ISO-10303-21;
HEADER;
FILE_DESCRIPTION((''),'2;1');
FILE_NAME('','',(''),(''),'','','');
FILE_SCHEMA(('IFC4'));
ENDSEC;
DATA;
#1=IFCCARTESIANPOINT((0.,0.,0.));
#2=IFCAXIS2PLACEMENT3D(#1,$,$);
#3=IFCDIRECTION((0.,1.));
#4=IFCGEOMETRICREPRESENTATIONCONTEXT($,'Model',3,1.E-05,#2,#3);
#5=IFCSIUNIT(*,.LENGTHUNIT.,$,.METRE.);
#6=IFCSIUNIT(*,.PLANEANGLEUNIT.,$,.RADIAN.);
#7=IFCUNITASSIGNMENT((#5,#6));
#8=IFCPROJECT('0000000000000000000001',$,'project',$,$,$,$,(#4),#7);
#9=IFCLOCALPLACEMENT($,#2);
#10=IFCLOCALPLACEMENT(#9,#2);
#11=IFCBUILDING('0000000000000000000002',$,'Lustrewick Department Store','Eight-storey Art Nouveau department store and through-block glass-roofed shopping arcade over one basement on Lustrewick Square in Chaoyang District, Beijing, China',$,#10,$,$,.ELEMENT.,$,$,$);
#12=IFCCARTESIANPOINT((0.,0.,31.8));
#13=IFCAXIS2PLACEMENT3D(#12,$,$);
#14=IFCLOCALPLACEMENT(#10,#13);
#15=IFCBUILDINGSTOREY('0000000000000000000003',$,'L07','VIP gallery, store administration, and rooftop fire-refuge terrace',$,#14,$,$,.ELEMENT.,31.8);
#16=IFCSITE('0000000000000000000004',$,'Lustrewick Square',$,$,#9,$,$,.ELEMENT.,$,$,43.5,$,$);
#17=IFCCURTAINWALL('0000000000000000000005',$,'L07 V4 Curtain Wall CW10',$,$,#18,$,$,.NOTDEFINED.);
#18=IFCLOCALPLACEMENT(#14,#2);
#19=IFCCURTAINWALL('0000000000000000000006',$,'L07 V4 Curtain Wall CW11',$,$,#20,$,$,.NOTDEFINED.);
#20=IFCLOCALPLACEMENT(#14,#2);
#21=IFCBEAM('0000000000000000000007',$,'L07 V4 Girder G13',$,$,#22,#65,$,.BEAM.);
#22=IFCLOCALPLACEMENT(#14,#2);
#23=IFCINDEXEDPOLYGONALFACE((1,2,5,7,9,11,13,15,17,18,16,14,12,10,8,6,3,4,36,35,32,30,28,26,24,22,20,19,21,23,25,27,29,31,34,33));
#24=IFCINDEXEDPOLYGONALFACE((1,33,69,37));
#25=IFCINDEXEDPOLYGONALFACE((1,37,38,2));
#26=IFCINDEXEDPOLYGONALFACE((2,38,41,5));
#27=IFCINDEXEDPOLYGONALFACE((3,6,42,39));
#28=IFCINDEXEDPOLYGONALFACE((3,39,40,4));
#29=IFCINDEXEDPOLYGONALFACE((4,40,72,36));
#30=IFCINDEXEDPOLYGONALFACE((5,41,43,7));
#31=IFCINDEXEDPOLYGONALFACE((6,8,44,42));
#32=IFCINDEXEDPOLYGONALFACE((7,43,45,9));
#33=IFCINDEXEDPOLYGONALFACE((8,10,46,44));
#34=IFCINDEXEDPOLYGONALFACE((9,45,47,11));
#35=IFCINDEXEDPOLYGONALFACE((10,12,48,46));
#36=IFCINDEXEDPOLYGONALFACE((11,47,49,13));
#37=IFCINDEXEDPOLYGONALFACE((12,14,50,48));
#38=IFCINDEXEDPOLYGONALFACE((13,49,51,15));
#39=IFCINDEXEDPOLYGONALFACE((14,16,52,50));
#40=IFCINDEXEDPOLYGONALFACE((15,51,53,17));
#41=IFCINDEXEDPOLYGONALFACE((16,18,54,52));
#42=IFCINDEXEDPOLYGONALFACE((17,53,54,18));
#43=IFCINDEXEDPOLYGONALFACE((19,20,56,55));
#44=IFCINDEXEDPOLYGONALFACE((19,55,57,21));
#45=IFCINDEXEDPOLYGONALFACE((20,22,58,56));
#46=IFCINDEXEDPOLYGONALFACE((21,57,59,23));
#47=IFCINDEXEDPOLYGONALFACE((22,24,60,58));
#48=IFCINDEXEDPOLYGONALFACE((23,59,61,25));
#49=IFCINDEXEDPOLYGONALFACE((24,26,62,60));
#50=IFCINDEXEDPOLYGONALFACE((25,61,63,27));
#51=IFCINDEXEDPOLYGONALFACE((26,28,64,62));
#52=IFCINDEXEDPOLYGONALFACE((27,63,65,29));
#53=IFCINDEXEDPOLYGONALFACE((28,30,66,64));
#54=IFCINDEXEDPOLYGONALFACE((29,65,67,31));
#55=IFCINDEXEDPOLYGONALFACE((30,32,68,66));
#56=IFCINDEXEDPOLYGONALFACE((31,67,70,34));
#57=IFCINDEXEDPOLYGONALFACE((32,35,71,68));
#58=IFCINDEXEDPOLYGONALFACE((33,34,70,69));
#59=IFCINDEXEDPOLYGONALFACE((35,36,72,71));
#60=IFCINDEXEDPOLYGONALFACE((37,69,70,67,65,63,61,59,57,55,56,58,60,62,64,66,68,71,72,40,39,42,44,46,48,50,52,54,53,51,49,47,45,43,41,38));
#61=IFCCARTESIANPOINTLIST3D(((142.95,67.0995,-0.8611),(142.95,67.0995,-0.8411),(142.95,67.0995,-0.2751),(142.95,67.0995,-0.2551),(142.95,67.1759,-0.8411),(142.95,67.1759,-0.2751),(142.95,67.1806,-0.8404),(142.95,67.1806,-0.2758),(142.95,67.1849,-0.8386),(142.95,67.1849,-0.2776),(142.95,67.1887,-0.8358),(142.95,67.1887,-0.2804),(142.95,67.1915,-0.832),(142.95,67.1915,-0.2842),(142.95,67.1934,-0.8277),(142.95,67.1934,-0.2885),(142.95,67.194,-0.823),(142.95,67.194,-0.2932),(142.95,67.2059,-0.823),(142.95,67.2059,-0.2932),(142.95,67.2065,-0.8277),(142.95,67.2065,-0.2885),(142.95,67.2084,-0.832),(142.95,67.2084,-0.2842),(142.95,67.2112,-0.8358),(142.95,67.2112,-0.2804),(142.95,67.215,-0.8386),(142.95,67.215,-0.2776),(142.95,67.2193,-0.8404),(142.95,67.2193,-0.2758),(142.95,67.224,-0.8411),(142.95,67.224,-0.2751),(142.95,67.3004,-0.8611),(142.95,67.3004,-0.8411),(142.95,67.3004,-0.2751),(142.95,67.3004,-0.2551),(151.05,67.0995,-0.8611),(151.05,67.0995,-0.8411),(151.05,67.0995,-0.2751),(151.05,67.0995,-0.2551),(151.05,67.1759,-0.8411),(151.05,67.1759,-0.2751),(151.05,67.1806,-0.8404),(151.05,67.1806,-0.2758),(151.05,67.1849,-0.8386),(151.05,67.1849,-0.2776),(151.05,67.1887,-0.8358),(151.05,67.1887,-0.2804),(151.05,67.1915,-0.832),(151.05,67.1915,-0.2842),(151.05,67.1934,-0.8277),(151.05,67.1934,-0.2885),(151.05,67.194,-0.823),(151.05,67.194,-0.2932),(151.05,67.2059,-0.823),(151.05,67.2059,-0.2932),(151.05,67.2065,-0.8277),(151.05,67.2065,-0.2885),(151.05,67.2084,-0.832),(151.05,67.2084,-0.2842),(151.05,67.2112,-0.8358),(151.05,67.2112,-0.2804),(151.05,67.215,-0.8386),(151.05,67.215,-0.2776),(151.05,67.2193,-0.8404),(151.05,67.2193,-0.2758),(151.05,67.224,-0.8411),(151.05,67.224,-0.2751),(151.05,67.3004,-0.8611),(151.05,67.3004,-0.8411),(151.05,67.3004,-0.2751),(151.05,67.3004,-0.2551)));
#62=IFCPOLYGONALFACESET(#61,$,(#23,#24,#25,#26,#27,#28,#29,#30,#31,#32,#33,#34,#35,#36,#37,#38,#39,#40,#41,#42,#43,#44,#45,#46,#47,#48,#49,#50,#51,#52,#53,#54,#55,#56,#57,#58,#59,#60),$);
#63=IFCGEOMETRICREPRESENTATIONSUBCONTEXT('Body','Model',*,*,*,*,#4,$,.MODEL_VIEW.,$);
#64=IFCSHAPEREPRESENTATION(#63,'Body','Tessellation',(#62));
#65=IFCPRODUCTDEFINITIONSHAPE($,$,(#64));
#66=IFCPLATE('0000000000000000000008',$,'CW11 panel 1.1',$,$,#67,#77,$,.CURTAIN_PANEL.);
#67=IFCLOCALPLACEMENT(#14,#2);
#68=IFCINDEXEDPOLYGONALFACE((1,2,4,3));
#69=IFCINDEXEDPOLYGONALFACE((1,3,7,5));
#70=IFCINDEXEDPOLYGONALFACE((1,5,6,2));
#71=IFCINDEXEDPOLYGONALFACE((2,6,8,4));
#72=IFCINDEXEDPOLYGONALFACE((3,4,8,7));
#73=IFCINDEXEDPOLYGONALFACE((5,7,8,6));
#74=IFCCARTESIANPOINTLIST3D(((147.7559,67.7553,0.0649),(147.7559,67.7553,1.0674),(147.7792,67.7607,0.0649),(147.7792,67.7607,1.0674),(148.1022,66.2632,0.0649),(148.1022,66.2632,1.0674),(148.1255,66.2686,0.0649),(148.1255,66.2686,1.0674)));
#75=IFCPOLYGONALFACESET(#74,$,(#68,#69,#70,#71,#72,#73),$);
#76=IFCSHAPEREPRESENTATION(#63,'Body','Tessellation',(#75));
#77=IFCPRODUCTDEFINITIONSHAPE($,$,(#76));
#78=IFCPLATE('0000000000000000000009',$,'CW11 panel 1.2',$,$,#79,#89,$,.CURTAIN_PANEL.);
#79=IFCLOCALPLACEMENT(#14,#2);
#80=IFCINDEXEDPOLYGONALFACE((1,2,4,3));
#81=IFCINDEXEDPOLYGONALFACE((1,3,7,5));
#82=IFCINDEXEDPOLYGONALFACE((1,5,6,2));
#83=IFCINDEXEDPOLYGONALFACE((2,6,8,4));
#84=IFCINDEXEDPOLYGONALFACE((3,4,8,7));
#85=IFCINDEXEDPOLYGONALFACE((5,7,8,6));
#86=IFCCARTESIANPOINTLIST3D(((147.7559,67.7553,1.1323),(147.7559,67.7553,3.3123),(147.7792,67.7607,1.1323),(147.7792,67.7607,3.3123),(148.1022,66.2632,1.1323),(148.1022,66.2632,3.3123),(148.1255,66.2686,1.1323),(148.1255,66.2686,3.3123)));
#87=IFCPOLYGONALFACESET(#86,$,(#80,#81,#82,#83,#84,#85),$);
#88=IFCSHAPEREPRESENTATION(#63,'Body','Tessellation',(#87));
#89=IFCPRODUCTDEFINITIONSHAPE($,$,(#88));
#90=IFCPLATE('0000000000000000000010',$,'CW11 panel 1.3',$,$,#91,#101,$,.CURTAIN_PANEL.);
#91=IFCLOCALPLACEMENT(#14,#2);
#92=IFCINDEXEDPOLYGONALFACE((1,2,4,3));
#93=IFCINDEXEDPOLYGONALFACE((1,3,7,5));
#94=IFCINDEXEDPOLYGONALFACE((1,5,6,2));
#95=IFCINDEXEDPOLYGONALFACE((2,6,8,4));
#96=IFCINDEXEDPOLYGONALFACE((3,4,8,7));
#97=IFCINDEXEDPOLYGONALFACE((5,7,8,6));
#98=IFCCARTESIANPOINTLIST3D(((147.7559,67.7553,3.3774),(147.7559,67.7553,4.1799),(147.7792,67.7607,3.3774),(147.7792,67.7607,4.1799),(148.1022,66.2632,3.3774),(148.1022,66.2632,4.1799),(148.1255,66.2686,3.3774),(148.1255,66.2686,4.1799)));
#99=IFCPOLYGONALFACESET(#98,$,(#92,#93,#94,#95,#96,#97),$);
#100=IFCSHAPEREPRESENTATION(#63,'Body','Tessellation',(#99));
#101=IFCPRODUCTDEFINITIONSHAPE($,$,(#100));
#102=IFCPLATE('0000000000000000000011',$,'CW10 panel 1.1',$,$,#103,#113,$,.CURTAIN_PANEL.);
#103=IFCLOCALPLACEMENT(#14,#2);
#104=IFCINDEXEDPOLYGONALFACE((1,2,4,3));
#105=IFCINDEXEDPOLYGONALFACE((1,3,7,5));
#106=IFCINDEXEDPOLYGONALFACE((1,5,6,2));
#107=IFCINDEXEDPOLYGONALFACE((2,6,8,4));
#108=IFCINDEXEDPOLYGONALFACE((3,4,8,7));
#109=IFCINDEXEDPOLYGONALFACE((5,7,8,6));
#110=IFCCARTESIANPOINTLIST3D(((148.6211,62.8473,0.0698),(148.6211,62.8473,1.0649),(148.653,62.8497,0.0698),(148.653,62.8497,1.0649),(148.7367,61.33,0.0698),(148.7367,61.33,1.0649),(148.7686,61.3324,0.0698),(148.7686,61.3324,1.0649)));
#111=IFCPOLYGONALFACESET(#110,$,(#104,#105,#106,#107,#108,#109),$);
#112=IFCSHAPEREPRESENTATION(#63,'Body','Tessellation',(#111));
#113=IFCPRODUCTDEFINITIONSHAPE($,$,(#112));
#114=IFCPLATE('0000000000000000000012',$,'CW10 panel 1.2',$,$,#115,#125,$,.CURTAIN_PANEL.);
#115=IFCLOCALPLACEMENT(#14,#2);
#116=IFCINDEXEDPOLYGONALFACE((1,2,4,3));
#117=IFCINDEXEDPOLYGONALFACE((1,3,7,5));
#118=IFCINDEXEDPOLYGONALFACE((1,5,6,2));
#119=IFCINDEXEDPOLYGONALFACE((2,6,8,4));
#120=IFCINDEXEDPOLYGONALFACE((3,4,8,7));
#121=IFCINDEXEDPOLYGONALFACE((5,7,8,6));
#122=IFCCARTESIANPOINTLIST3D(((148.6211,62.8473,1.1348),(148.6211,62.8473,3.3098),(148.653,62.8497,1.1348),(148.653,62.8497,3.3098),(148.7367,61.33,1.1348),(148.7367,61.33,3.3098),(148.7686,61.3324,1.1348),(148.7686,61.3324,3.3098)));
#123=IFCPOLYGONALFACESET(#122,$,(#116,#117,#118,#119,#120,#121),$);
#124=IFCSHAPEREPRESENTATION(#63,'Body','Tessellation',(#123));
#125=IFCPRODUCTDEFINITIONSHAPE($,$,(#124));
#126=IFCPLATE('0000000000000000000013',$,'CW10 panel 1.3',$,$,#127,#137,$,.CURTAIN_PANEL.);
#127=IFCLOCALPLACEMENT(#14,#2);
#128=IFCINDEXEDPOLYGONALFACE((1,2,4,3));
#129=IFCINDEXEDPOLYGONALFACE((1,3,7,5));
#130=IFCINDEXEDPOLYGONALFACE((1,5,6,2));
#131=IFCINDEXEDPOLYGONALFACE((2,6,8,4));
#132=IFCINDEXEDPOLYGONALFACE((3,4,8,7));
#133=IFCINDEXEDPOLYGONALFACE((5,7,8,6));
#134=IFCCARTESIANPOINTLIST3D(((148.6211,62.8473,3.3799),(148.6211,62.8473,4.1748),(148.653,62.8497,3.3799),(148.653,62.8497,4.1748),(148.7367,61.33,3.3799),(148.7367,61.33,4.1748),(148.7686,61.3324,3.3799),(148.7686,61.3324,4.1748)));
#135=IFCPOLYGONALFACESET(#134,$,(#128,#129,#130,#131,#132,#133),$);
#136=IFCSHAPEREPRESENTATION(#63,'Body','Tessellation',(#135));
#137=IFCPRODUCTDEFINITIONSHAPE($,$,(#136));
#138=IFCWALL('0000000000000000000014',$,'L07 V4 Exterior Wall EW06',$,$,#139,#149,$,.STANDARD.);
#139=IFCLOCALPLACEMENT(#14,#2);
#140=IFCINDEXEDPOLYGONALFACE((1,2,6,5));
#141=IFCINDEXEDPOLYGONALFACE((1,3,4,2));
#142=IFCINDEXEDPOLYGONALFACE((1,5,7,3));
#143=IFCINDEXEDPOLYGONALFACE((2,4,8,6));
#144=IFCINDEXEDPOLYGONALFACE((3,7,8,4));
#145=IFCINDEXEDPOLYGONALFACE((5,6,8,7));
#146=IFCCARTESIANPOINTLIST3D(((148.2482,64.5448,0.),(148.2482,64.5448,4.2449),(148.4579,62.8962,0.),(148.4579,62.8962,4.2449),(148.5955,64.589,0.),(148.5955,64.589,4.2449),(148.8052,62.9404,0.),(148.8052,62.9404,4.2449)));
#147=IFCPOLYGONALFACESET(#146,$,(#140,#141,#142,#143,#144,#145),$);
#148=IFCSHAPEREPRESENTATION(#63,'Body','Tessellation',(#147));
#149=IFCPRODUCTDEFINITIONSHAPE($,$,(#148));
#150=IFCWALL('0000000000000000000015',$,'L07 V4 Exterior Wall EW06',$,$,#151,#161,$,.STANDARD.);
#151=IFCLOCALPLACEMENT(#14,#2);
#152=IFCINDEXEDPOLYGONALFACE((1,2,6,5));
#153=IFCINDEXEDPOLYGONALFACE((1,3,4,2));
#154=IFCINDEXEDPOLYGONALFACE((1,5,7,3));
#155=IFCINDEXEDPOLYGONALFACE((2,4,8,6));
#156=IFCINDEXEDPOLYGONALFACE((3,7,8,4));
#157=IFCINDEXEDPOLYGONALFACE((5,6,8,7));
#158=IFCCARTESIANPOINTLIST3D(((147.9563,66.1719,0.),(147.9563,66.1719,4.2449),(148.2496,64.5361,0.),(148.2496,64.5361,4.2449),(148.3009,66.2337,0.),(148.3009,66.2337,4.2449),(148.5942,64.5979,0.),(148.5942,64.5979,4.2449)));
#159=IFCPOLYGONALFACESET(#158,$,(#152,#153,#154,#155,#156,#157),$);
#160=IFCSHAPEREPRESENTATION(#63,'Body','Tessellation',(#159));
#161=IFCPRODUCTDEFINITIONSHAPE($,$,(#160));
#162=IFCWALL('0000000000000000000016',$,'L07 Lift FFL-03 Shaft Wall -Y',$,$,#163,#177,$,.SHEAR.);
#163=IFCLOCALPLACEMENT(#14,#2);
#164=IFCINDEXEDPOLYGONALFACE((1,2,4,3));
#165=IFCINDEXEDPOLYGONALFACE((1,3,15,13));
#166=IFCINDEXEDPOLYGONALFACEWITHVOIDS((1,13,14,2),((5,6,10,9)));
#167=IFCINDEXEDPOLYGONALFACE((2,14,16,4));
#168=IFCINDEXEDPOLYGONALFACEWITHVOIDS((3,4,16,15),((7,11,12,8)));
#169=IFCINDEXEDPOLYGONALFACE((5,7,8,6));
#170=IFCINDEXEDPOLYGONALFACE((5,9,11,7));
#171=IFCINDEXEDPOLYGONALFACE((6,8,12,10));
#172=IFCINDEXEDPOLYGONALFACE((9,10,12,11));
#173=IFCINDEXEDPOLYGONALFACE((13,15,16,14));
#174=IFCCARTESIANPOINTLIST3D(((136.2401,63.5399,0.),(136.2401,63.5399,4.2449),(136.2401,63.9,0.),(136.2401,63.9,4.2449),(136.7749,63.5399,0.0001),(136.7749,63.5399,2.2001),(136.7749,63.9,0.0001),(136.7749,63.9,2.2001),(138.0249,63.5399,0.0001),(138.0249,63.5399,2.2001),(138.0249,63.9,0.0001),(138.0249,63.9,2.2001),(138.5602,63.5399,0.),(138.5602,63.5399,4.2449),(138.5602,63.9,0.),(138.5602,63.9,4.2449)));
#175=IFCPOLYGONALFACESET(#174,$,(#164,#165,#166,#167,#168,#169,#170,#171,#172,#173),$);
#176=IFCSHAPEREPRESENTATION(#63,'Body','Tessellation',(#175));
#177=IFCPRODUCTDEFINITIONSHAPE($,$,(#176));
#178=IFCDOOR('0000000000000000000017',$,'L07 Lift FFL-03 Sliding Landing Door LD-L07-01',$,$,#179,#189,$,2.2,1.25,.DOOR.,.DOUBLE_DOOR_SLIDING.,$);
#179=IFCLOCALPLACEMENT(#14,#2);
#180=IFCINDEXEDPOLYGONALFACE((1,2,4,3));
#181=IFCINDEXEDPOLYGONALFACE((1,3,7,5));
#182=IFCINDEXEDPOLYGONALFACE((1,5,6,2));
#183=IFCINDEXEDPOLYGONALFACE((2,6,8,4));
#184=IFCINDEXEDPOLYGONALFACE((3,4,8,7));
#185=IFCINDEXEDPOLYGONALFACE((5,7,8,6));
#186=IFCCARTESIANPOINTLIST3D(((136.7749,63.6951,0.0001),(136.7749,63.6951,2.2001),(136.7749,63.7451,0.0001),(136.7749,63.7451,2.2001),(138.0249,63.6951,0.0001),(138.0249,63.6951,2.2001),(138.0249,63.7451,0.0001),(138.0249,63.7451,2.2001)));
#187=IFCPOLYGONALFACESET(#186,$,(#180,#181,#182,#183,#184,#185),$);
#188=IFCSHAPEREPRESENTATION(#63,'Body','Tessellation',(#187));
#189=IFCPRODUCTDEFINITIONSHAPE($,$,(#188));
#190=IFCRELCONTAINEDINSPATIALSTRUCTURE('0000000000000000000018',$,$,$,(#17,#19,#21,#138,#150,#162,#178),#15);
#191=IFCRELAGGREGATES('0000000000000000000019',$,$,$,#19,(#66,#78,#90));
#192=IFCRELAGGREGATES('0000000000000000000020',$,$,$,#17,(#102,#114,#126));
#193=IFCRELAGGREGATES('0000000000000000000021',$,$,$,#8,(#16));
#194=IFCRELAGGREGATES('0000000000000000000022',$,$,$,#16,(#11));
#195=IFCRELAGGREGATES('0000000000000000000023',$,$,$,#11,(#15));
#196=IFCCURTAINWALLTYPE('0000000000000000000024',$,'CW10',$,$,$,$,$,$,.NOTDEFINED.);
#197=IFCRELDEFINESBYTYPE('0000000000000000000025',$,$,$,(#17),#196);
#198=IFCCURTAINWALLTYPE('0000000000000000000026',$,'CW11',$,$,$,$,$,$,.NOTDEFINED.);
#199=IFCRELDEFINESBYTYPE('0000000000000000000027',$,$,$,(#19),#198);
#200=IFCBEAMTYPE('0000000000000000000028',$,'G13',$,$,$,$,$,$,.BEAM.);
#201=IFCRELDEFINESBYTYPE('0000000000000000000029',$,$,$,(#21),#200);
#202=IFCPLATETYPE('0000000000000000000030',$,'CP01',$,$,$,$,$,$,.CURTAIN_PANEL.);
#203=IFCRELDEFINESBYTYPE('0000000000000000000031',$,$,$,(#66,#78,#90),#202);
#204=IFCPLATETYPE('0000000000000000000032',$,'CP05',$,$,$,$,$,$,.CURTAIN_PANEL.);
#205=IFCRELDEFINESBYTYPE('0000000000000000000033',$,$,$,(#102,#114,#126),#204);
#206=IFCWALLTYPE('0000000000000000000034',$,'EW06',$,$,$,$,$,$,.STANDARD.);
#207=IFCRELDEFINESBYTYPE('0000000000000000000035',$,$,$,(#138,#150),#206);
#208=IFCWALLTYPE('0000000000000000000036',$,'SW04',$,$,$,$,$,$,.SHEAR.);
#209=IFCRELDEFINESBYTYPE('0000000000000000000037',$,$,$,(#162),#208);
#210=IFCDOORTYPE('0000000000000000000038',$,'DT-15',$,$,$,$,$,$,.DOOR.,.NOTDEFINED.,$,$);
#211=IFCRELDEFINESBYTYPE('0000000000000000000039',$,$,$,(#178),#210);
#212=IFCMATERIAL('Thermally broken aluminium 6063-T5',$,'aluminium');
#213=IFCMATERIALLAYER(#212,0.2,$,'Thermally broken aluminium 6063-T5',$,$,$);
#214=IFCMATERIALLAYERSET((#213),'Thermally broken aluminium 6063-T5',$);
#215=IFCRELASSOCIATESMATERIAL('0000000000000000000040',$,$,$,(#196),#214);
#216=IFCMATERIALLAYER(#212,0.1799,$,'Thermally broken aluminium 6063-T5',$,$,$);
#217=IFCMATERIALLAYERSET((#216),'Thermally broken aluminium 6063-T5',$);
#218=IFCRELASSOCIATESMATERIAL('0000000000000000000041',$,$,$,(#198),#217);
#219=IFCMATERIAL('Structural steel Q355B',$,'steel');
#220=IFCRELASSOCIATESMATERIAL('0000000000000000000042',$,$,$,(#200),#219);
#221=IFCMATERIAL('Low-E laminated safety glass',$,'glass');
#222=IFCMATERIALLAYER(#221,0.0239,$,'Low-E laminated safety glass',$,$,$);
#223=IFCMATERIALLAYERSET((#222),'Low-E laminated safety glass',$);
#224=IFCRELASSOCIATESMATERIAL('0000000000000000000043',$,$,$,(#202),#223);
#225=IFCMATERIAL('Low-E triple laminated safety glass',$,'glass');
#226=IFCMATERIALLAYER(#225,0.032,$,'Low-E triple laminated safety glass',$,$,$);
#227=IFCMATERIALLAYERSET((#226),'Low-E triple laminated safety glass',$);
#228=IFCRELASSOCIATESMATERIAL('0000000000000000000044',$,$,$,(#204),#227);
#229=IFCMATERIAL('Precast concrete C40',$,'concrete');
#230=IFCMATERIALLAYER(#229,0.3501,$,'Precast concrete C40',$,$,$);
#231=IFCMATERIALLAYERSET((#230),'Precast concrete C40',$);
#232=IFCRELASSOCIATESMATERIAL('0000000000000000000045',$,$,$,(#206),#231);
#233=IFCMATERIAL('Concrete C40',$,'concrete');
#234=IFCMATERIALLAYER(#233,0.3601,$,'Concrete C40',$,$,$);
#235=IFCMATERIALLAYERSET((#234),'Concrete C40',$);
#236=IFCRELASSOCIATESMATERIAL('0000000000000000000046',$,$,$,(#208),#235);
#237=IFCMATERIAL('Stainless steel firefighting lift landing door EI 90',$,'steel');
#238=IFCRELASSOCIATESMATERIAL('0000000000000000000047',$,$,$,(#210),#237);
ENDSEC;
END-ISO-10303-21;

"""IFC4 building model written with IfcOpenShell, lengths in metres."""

from ifc_helpers import new_model, si_unit, direction, frame, frame_2d, origin, origin_2d, place, context, subcontext, project, spatial, rectangle, i_section, extrude, material, layer, layer_set, material_profile, profile_set, type_object, element, fill, aggregate, save


model = new_model("IFC4")

# Units and contexts
model_context = context("Model", 3, precision=1e-05, world=origin(), true_north=direction((0.0, 1.0)))
body_context = subcontext(model_context, "Body", "Model", "MODEL_VIEW")
ifc_project = project(units=[si_unit("LENGTHUNIT", "METRE"), si_unit("PLANEANGLEUNIT", "RADIAN")], contexts=[model_context])

# Site, building, storey
site_placement = place(None, origin())
site = spatial("IfcSite", under=ifc_project, at=site_placement, Name="Lustrewick Square", CompositionType="ELEMENT", RefElevation=43.5)
building_placement = place(site_placement, origin())
building = spatial("IfcBuilding", under=site, at=building_placement, Name="Lustrewick Department Store", Description="Eight-storey Art Nouveau department store and through-block glass-roofed shopping arcade over one basement on Lustrewick Square in Chaoyang District, Beijing, China", CompositionType="ELEMENT")
storey_placement = place(building_placement, frame((0.0, 0.0, 31.8)))
storey = spatial("IfcBuildingStorey", under=building, at=storey_placement, Name="L07", Description="VIP gallery, store administration, and rooftop fire-refuge terrace", CompositionType="ELEMENT", Elevation=31.8)

# Shared definitions
ifc_material_1 = material(Name="Structural steel Q355B", Category="steel")

# Curtain walls
ifc_material_2 = material(Name="Thermally broken aluminium 6063-T5", Category="aluminium")
ifc_layer_1 = layer(ifc_material_2, 0.2, Name="Thermally broken aluminium 6063-T5")
ifc_layer_set_1 = layer_set([ifc_layer_1], Name="Thermally broken aluminium 6063-T5")
curtain_wall_type_1 = type_object("IfcCurtainWallType", Name="CW10", PredefinedType="NOTDEFINED", material=ifc_layer_set_1)
curtain_wall_1_placement = place(storey_placement, origin())
curtain_wall_1 = element("IfcCurtainWall", 1, at=curtain_wall_1_placement, inside=storey, type_object=curtain_wall_type_1, Name="L07 V4 Curtain Wall CW10", PredefinedType="NOTDEFINED")
ifc_layer_2 = layer(ifc_material_2, 0.1799, Name="Thermally broken aluminium 6063-T5")
ifc_layer_set_2 = layer_set([ifc_layer_2], Name="Thermally broken aluminium 6063-T5")
curtain_wall_type_2 = type_object("IfcCurtainWallType", Name="CW11", PredefinedType="NOTDEFINED", material=ifc_layer_set_2)
curtain_wall_2_placement = place(storey_placement, origin())
curtain_wall_2 = element("IfcCurtainWall", 2, at=curtain_wall_2_placement, inside=storey, type_object=curtain_wall_type_2, Name="L07 V4 Curtain Wall CW11", PredefinedType="NOTDEFINED")

# Beam
ifc_material_profile_1 = material_profile(ifc_material_1, i_section(OverallWidth=0.2009, OverallDepth=0.606, WebThickness=0.012, FlangeThickness=0.02, FilletRadius=0.0181, at=origin_2d()), Name="HN 606x201x12x20")
ifc_profile_set_1 = profile_set([ifc_material_profile_1], Name="Structural steel Q355B")
beam_type_1 = type_object("IfcBeamType", Name="G13", PredefinedType="BEAM", material=ifc_profile_set_1)
beam_1_placement = place(storey_placement, frame((142.95, 67.2, -0.5581), z_axis=(1.0, 0.0, 0.0), x_axis=(0.0, 1.0, 0.0)))
element("IfcBeam", 3, at=beam_1_placement, inside=storey, type_object=beam_type_1, Name="L07 V4 Girder G13", PredefinedType="BEAM", context=body_context, shape_type="SweptSolid", body=[
    extrude(i_section(OverallWidth=0.2009, OverallDepth=0.606, WebThickness=0.012, FlangeThickness=0.02, FilletRadius=0.0181, at=origin_2d()), origin(), (0.0, 0.0, 1.0), 8.1001),
])

# Plates
ifc_material_3 = material(Name="Low-E laminated safety glass", Category="glass")
ifc_layer_3 = layer(ifc_material_3, 0.0239, Name="Low-E laminated safety glass")
ifc_layer_set_3 = layer_set([ifc_layer_3], Name="Low-E laminated safety glass")
plate_type_1 = type_object("IfcPlateType", Name="CP01", PredefinedType="CURTAIN_PANEL", material=ifc_layer_set_3)
plate_1_placement = place(storey_placement, frame((147.9407, 67.012, 0.0649), z_axis=(0.0, 0.0, 1.0), x_axis=(-0.226077, 0.97411, 0.0)))
plate_1 = element("IfcPlate", 4, at=plate_1_placement, type_object=plate_type_1, Name="CW11 panel 1.1", PredefinedType="CURTAIN_PANEL", context=body_context, shape_type="SweptSolid", body=[
    extrude(rectangle(XDim=1.5317, YDim=0.0239, at=origin_2d()), origin(), (0.0, 0.0, 1.0), 1.0024),
])
plate_2_placement = place(storey_placement, frame((147.9407, 67.012, 1.1323), z_axis=(0.0, 0.0, 1.0), x_axis=(-0.226077, 0.97411, 0.0)))
plate_2 = element("IfcPlate", 5, at=plate_2_placement, type_object=plate_type_1, Name="CW11 panel 1.2", PredefinedType="CURTAIN_PANEL", context=body_context, shape_type="SweptSolid", body=[
    extrude(rectangle(XDim=1.5317, YDim=0.0239, at=origin_2d()), origin(), (0.0, 0.0, 1.0), 2.1799),
])
plate_3_placement = place(storey_placement, frame((147.9407, 67.012, 3.3774), z_axis=(0.0, 0.0, 1.0), x_axis=(-0.226077, 0.97411, 0.0)))
plate_3 = element("IfcPlate", 6, at=plate_3_placement, type_object=plate_type_1, Name="CW11 panel 1.3", PredefinedType="CURTAIN_PANEL", context=body_context, shape_type="SweptSolid", body=[
    extrude(rectangle(XDim=1.5317, YDim=0.0239, at=origin_2d()), origin(), (0.0, 0.0, 1.0), 0.8025),
])
aggregate(curtain_wall_2, [plate_1, plate_2, plate_3])
ifc_material_4 = material(Name="Low-E triple laminated safety glass", Category="glass")
ifc_layer_4 = layer(ifc_material_4, 0.032, Name="Low-E triple laminated safety glass")
ifc_layer_set_4 = layer_set([ifc_layer_4], Name="Low-E triple laminated safety glass")
plate_type_2 = type_object("IfcPlateType", Name="CP05", PredefinedType="CURTAIN_PANEL", material=ifc_layer_set_4)
plate_4_placement = place(storey_placement, frame((148.6948, 62.0898, 0.0698), z_axis=(0.0, 0.0, 1.0), x_axis=(-0.075942, 0.997112, 0.0)))
plate_4 = element("IfcPlate", 7, at=plate_4_placement, type_object=plate_type_2, Name="CW10 panel 1.1", PredefinedType="CURTAIN_PANEL", context=body_context, shape_type="SweptSolid", body=[
    extrude(rectangle(XDim=1.5217, YDim=0.032, at=origin_2d()), origin(), (0.0, 0.0, 1.0), 0.9951),
])
plate_5_placement = place(storey_placement, frame((148.6948, 62.0898, 1.1348), z_axis=(0.0, 0.0, 1.0), x_axis=(-0.075942, 0.997112, 0.0)))
plate_5 = element("IfcPlate", 8, at=plate_5_placement, type_object=plate_type_2, Name="CW10 panel 1.2", PredefinedType="CURTAIN_PANEL", context=body_context, shape_type="SweptSolid", body=[
    extrude(rectangle(XDim=1.5217, YDim=0.032, at=origin_2d()), origin(), (0.0, 0.0, 1.0), 2.175),
])
plate_6_placement = place(storey_placement, frame((148.6948, 62.0898, 3.3799), z_axis=(0.0, 0.0, 1.0), x_axis=(-0.075942, 0.997112, 0.0)))
plate_6 = element("IfcPlate", 9, at=plate_6_placement, type_object=plate_type_2, Name="CW10 panel 1.3", PredefinedType="CURTAIN_PANEL", context=body_context, shape_type="SweptSolid", body=[
    extrude(rectangle(XDim=1.5217, YDim=0.032, at=origin_2d()), origin(), (0.0, 0.0, 1.0), 0.7949),
])
aggregate(curtain_wall_1, [plate_4, plate_5, plate_6])

# Walls
ifc_material_5 = material(Name="Precast concrete C40", Category="concrete")
ifc_layer_5 = layer(ifc_material_5, 0.3501, Name="Precast concrete C40")
ifc_layer_set_5 = layer_set([ifc_layer_5], Name="Precast concrete C40")
wall_type_1 = type_object("IfcWallType", Name="EW06", PredefinedType="STANDARD", material=ifc_layer_set_5)
for number, where, z_axis, x_axis, name in (
    (10, (148.6316, 62.9182, 0.0), (0.0, 0.0, 1.0), (-0.126186, 0.992007, 0.0), "L07 V4 Exterior Wall EW06"),
    (11, (148.4219, 64.5669, 0.0), (0.0, 0.0, 1.0), (-0.176441, 0.984311, 0.0), "L07 V4 Exterior Wall EW06"),
):
    element("IfcWall", number, at=place(storey_placement, frame(where, z_axis=z_axis, x_axis=x_axis)), inside=storey, type_object=wall_type_1, Name=name, PredefinedType="STANDARD", context=body_context, shape_type="SweptSolid", body=[
        extrude(rectangle(XDim=1.6619, YDim=0.3501, at=frame_2d((0.8311, 0.0))), origin(), (0.0, 0.0, 1.0), 4.2449),
    ])

# Wall, opening, door
ifc_material_6 = material(Name="Concrete C40", Category="concrete")
ifc_layer_6 = layer(ifc_material_6, 0.3601, Name="Concrete C40")
ifc_layer_set_6 = layer_set([ifc_layer_6], Name="Concrete C40")
wall_type_2 = type_object("IfcWallType", Name="SW04", PredefinedType="SHEAR", material=ifc_layer_set_6)
wall_1_placement = place(storey_placement, frame((136.24, 63.72, 0.0), z_axis=(0.0, 0.0, 1.0), x_axis=(1.0, 0.0, 0.0)))
wall_1 = element("IfcWall", 12, at=wall_1_placement, inside=storey, type_object=wall_type_2, Name="L07 Lift FFL-03 Shaft Wall -Y", PredefinedType="SHEAR", context=body_context, shape_type="SweptSolid", body=[
    extrude(rectangle(XDim=2.3201, YDim=0.3601, at=frame_2d((1.1602, 0.0))), origin(), (0.0, 0.0, 1.0), 4.2449),
])
opening_placement = place(wall_1_placement, frame((0.5349, 0.0, 0.0)))
opening = element("IfcOpeningElement", 13, at=opening_placement, cuts=wall_1, PredefinedType="OPENING", context=body_context, shape_type="SweptSolid", body=[
    extrude(rectangle(XDim=1.25, YDim=2.2, at=frame_2d((0.625, 1.1001))), frame((0.0, 0.1899, 0.0), z_axis=(0.0, -1.0, 0.0), x_axis=(1.0, 0.0, 0.0)), (0.0, 0.0, 1.0), 0.3801),
])
ifc_material_7 = material(Name="Stainless steel firefighting lift landing door EI 90", Category="steel")
door_type = type_object("IfcDoorType", Name="DT-15", OperationType="NOTDEFINED", PredefinedType="DOOR", material=ifc_material_7)
door_placement = place(opening_placement, frame((1.25, 0.0, 0.0), z_axis=(0.0, 0.0, 1.0), x_axis=(-1.0, 0.0, 0.0)))
door = element("IfcDoor", 14, at=door_placement, inside=storey, type_object=door_type, Name="L07 Lift FFL-03 Sliding Landing Door LD-L07-01", OperationType="DOUBLE_DOOR_SLIDING", OverallHeight=2.2, OverallWidth=1.25, PredefinedType="DOOR", context=body_context, shape_type="SweptSolid", body=[
    extrude(rectangle(XDim=1.25, YDim=2.2, at=frame_2d((0.625, 1.1001))), frame((0.0, 0.0249, 0.0), z_axis=(0.0, -1.0, 0.0), x_axis=(1.0, 0.0, 0.0)), (0.0, 0.0, 1.0), 0.05),
])
fill(opening, door)

save(model, "model.ifc")
